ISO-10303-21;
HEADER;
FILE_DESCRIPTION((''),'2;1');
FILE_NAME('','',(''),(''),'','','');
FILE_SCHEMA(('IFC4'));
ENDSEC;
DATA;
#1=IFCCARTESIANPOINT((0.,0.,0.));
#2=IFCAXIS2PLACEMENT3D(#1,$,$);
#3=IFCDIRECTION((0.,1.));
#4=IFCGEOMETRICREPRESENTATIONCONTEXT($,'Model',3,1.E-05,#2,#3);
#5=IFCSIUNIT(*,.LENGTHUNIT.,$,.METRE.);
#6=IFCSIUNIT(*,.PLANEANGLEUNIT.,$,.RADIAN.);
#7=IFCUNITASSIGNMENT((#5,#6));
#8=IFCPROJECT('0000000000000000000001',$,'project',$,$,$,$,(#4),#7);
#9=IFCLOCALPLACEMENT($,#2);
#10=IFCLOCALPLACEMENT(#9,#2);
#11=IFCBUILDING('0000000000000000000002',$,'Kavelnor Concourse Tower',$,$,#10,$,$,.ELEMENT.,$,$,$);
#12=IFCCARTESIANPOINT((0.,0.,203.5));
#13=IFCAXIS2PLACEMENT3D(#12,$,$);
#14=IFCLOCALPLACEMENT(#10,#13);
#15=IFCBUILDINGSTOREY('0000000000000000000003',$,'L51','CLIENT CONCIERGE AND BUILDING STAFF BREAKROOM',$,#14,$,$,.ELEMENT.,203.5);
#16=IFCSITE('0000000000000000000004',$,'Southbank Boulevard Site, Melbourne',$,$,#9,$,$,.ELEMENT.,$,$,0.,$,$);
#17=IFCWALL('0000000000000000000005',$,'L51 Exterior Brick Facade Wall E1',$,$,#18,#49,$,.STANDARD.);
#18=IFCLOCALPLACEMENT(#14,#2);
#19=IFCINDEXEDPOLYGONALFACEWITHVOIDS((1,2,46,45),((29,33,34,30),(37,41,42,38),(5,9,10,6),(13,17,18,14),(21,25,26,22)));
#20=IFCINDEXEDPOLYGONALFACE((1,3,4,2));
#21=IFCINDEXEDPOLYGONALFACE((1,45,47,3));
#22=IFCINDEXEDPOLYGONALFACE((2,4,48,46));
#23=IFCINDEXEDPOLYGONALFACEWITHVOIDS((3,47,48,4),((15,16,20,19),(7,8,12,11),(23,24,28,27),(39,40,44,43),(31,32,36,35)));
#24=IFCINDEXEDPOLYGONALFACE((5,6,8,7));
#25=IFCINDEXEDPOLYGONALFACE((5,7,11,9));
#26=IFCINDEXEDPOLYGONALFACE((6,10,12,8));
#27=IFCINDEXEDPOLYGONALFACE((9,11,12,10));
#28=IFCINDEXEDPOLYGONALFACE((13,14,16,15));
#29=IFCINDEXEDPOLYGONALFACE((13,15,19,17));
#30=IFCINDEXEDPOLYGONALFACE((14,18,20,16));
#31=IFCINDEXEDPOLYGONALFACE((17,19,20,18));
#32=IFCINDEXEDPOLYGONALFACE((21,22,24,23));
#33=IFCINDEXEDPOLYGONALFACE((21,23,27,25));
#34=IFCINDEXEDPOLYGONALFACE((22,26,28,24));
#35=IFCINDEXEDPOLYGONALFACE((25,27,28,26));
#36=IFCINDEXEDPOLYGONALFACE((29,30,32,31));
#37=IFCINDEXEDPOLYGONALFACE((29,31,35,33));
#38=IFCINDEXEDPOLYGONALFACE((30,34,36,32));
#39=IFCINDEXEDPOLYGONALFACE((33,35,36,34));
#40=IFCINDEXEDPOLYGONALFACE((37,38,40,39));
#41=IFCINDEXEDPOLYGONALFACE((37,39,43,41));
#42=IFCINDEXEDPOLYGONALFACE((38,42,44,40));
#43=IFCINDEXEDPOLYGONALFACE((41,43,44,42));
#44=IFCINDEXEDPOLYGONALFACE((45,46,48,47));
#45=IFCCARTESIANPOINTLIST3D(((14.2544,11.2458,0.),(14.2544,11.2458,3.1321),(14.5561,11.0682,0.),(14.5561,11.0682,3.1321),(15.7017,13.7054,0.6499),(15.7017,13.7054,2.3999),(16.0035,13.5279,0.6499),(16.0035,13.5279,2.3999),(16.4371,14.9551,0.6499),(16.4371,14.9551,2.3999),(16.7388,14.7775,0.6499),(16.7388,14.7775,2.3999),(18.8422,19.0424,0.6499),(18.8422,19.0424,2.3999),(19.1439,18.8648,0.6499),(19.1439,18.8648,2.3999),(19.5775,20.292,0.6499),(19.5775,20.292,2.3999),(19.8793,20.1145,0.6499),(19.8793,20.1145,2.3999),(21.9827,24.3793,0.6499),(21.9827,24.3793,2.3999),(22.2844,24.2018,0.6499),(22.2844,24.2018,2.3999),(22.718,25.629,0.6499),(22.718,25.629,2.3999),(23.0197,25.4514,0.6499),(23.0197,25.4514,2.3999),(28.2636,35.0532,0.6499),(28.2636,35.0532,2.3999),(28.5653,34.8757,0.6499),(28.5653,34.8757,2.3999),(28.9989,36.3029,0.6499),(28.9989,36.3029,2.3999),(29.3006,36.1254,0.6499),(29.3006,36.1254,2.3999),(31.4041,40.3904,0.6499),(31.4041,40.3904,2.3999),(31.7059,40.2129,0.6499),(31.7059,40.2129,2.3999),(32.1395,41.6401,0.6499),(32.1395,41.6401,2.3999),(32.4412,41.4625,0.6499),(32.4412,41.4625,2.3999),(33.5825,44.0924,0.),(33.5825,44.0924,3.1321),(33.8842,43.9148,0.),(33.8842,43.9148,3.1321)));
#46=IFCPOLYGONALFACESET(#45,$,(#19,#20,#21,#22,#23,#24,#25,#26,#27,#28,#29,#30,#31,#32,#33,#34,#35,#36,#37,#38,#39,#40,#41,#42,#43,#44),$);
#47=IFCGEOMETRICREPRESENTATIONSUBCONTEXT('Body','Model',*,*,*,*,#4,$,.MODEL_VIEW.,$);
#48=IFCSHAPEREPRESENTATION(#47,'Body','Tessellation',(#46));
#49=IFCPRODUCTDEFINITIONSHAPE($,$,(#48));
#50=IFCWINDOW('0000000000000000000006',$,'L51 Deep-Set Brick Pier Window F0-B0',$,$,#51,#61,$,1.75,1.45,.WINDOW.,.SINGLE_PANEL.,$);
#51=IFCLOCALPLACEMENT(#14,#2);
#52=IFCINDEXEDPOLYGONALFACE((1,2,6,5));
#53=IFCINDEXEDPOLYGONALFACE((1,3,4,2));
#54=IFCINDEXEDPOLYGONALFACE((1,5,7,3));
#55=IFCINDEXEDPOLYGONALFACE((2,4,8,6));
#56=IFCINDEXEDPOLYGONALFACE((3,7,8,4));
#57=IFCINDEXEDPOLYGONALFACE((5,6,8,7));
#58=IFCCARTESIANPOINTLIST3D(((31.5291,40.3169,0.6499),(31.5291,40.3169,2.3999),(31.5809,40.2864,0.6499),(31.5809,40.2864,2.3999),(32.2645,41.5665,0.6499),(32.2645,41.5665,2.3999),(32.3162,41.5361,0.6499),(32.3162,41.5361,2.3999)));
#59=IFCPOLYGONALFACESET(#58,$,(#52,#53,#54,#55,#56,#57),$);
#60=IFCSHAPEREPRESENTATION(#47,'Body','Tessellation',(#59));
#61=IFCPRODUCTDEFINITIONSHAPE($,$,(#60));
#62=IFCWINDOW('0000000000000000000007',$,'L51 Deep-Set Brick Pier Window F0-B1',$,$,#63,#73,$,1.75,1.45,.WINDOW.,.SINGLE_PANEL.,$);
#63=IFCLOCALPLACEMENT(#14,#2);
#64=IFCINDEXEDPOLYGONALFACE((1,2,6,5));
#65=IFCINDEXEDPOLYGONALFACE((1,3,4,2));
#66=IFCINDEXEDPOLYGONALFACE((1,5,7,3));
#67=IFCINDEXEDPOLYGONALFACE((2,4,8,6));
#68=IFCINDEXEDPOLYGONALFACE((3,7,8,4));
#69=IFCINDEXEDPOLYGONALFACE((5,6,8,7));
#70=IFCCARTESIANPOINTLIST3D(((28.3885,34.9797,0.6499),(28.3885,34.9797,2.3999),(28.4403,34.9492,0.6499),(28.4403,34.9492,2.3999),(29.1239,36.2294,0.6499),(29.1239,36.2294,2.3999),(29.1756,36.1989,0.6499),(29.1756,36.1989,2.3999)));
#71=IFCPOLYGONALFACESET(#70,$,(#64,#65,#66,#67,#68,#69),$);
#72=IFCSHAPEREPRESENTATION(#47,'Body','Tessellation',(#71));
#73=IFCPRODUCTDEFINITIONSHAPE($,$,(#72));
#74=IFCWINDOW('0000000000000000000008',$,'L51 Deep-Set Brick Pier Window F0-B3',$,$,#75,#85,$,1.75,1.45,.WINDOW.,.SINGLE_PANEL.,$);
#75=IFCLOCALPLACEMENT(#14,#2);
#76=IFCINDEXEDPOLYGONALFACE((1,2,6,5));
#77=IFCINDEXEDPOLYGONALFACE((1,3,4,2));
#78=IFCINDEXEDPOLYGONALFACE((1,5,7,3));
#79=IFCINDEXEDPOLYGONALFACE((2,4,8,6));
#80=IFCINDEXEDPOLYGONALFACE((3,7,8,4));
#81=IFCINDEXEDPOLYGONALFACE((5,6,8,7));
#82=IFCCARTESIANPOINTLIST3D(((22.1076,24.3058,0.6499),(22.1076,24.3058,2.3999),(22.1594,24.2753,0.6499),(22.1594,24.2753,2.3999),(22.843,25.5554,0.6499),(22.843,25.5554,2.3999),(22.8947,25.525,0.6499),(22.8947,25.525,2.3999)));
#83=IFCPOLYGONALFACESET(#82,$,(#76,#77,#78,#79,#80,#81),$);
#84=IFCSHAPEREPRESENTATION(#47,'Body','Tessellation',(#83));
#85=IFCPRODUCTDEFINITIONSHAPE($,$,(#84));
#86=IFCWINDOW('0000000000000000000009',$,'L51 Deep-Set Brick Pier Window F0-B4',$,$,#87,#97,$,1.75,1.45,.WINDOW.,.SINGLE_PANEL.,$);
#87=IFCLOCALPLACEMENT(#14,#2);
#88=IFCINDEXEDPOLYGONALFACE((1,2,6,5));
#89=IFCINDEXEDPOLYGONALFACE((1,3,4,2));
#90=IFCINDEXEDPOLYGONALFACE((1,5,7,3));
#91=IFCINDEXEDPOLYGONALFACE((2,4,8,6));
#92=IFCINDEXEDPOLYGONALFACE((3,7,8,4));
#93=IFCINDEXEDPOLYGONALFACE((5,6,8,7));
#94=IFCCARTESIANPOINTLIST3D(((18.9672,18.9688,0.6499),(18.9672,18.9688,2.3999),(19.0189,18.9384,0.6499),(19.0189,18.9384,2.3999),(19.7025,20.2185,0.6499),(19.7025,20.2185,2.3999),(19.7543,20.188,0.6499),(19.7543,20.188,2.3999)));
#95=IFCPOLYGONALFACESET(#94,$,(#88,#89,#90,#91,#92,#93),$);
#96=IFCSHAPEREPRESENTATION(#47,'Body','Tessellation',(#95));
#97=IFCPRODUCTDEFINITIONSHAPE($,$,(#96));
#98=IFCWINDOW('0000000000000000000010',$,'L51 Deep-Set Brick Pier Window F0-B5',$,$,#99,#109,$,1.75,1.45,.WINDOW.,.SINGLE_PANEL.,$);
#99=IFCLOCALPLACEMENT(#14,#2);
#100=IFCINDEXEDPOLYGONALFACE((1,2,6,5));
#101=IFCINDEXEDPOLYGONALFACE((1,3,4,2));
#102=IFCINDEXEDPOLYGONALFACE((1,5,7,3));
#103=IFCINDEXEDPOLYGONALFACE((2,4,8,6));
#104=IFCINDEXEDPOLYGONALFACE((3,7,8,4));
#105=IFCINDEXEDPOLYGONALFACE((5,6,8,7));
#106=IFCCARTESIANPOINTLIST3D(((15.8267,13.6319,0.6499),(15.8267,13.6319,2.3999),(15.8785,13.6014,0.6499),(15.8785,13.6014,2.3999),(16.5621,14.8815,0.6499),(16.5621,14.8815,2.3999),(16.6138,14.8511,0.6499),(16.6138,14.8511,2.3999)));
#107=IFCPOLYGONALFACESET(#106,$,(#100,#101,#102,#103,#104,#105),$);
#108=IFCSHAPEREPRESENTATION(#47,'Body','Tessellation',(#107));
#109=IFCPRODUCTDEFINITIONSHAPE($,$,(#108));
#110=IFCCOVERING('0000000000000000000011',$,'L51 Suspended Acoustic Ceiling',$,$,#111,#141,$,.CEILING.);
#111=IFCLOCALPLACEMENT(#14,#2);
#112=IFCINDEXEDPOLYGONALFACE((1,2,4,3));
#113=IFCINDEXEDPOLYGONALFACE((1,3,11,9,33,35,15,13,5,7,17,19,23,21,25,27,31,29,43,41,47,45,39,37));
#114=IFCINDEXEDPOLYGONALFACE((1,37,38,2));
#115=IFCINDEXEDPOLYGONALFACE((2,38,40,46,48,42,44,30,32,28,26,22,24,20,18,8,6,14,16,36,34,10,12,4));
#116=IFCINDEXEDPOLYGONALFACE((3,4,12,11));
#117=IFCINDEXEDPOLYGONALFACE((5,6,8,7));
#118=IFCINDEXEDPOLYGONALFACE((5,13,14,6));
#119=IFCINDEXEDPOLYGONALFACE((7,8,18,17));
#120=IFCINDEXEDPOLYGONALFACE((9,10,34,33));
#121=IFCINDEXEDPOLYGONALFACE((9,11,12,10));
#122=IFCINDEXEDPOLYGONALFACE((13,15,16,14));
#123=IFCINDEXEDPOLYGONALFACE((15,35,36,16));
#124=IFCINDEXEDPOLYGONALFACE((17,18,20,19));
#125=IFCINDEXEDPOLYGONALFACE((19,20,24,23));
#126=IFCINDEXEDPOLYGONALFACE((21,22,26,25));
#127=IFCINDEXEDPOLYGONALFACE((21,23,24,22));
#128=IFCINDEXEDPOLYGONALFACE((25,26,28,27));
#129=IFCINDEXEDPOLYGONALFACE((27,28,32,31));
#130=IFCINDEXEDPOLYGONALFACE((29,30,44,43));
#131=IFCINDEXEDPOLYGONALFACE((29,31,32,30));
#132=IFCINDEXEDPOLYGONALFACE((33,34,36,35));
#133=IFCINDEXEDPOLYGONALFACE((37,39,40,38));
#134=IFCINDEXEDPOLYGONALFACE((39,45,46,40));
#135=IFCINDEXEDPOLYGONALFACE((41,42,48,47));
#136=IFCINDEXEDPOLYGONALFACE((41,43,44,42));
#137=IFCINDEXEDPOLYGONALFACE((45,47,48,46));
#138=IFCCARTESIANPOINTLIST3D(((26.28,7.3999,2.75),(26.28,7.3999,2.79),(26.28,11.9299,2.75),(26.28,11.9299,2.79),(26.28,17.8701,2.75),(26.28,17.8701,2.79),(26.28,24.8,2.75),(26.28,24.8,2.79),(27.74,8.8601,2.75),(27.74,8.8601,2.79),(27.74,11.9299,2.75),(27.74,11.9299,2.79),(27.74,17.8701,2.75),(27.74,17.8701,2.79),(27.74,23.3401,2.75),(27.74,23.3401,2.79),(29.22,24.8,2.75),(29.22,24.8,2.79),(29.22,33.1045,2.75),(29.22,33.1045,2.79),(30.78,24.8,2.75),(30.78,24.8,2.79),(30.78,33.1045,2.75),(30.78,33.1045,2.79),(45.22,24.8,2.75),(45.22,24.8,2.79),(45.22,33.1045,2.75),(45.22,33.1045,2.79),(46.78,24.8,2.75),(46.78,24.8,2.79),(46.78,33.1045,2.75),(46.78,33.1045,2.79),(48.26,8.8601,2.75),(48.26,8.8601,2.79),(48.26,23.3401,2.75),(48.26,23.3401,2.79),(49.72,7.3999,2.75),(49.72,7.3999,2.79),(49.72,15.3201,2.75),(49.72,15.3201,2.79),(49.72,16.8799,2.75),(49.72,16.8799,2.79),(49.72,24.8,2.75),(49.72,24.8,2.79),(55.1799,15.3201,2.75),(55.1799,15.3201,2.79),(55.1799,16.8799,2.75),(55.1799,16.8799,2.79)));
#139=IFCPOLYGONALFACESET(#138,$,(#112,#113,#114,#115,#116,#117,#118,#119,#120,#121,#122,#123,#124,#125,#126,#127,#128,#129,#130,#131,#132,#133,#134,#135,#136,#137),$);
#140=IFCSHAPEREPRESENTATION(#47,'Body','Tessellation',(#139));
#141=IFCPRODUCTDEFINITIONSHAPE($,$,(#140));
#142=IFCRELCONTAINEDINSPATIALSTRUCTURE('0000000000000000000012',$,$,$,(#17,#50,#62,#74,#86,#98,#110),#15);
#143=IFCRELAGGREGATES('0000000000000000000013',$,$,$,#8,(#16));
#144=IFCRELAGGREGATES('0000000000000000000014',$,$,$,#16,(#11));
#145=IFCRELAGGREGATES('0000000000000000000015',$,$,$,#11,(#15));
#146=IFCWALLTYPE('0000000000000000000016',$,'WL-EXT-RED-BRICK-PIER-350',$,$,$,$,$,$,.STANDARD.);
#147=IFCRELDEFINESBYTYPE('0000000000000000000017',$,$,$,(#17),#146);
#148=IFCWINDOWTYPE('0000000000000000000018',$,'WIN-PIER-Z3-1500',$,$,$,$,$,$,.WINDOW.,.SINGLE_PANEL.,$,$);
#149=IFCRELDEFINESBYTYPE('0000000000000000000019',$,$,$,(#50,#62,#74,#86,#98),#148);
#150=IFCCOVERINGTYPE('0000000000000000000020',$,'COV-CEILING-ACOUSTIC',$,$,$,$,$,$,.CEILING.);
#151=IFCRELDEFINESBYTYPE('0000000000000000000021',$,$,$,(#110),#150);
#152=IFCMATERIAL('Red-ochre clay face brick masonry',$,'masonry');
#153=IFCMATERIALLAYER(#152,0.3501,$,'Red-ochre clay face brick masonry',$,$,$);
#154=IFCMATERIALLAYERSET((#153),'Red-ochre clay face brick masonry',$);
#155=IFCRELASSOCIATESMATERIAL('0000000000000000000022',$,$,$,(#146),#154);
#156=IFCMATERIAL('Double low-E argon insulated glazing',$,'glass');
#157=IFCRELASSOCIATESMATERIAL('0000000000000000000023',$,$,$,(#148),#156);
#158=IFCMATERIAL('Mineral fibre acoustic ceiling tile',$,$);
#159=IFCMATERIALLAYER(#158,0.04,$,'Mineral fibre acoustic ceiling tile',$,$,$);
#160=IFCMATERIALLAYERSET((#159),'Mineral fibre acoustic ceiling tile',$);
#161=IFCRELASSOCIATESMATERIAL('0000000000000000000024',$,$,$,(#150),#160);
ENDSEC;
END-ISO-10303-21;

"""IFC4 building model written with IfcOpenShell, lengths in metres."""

from ifc_helpers import new_model, si_unit, direction, frame, frame_2d, origin, place, context, subcontext, project, spatial, polyline, rectangle, outline, extrude, material, layer, layer_set, type_object, element, fill, save


model = new_model("IFC4")

# Units and contexts
model_context = context("Model", 3, precision=1e-05, world=origin(), true_north=direction((0.0, 1.0)))
body_context = subcontext(model_context, "Body", "Model", "MODEL_VIEW")
ifc_project = project(units=[si_unit("LENGTHUNIT", "METRE"), si_unit("PLANEANGLEUNIT", "RADIAN")], contexts=[model_context])

# Site, building, storey
site_placement = place(None, origin())
site = spatial("IfcSite", under=ifc_project, at=site_placement, Name="Southbank Boulevard Site, Melbourne", CompositionType="ELEMENT", RefElevation=0.0)
building_placement = place(site_placement, origin())
building = spatial("IfcBuilding", under=site, at=building_placement, Name="Kavelnor Concourse Tower", CompositionType="ELEMENT")
storey_placement = place(building_placement, frame((0.0, 0.0, 203.5)))
storey = spatial("IfcBuildingStorey", under=building, at=storey_placement, Name="L51", Description="CLIENT CONCIERGE AND BUILDING STAFF BREAKROOM", CompositionType="ELEMENT", Elevation=203.5)

# Shared definitions
ifc_material_1 = material(Name="Double low-E argon insulated glazing", Category="glass")

# Wall, openings, windows
ifc_material_2 = material(Name="Red-ochre clay face brick masonry", Category="masonry")
ifc_layer_1 = layer(ifc_material_2, 0.3501, Name="Red-ochre clay face brick masonry")
ifc_layer_set_1 = layer_set([ifc_layer_1], Name="Red-ochre clay face brick masonry")
wall_type_1 = type_object("IfcWallType", Name="WL-EXT-RED-BRICK-PIER-350", PredefinedType="STANDARD", material=ifc_layer_set_1)
wall_1_placement = place(storey_placement, frame((14.4053, 11.157, 0.0), z_axis=(0.0, 0.0, 1.0), x_axis=(0.507148, 0.861859, 0.0)))
wall_1 = element("IfcWall", 1, at=wall_1_placement, inside=storey, type_object=wall_type_1, Name="L51 Exterior Brick Facade Wall E1", PredefinedType="STANDARD", context=body_context, shape_type="SweptSolid", body=[
    extrude(rectangle(XDim=38.1113, YDim=0.3501, at=frame_2d((19.0557, 0.0))), origin(), (0.0, 0.0, 1.0), 3.1321),
])
opening_1_placement = place(wall_1_placement, frame((33.8159, 0.0, 0.6499)))
opening_1 = element("IfcOpeningElement", 2, at=opening_1_placement, cuts=wall_1, PredefinedType="OPENING", context=body_context, shape_type="SweptSolid", body=[
    extrude(rectangle(XDim=1.45, YDim=1.75, at=frame_2d((0.7251, 0.875))), frame((0.0, 0.1851, 0.0), z_axis=(0.0, -1.0, 0.0), x_axis=(1.0, 0.0, 0.0)), (0.0, 0.0, 1.0), 0.3701),
])
opening_2_placement = place(wall_1_placement, frame((27.6233, 0.0, 0.6499)))
opening_2 = element("IfcOpeningElement", 3, at=opening_2_placement, cuts=wall_1, PredefinedType="OPENING", context=body_context, shape_type="SweptSolid", body=[
    extrude(rectangle(XDim=1.45, YDim=1.75, at=frame_2d((0.7251, 0.875))), frame((0.0, 0.1851, 0.0), z_axis=(0.0, -1.0, 0.0), x_axis=(1.0, 0.0, 0.0)), (0.0, 0.0, 1.0), 0.3701),
])
opening_3_placement = place(wall_1_placement, frame((15.2385, 0.0, 0.6499)))
opening_3 = element("IfcOpeningElement", 4, at=opening_3_placement, cuts=wall_1, PredefinedType="OPENING", context=body_context, shape_type="SweptSolid", body=[
    extrude(rectangle(XDim=1.45, YDim=1.75, at=frame_2d((0.7251, 0.875))), frame((0.0, 0.1851, 0.0), z_axis=(0.0, -1.0, 0.0), x_axis=(1.0, 0.0, 0.0)), (0.0, 0.0, 1.0), 0.3701),
])
opening_4_placement = place(wall_1_placement, frame((9.0461, 0.0, 0.6499)))
opening_4 = element("IfcOpeningElement", 5, at=opening_4_placement, cuts=wall_1, PredefinedType="OPENING", context=body_context, shape_type="SweptSolid", body=[
    extrude(rectangle(XDim=1.45, YDim=1.75, at=frame_2d((0.7251, 0.875))), frame((0.0, 0.1851, 0.0), z_axis=(0.0, -1.0, 0.0), x_axis=(1.0, 0.0, 0.0)), (0.0, 0.0, 1.0), 0.3701),
])
opening_5_placement = place(wall_1_placement, frame((2.8538, 0.0, 0.6499)))
opening_5 = element("IfcOpeningElement", 6, at=opening_5_placement, cuts=wall_1, PredefinedType="OPENING", context=body_context, shape_type="SweptSolid", body=[
    extrude(rectangle(XDim=1.45, YDim=1.75, at=frame_2d((0.7251, 0.875))), frame((0.0, 0.1851, 0.0), z_axis=(0.0, -1.0, 0.0), x_axis=(1.0, 0.0, 0.0)), (0.0, 0.0, 1.0), 0.3701),
])
window_type_1 = type_object("IfcWindowType", Name="WIN-PIER-Z3-1500", PartitioningType="SINGLE_PANEL", PredefinedType="WINDOW", material=ifc_material_1)
window_1_placement = place(opening_1_placement, origin())
window_1 = element("IfcWindow", 7, at=window_1_placement, inside=storey, type_object=window_type_1, Name="L51 Deep-Set Brick Pier Window F0-B0", OverallHeight=1.75, OverallWidth=1.45, PartitioningType="SINGLE_PANEL", PredefinedType="WINDOW", context=body_context, shape_type="SweptSolid", body=[
    extrude(rectangle(XDim=1.45, YDim=1.75, at=frame_2d((0.7251, 0.875))), frame((0.0, 0.03, 0.0), z_axis=(0.0, -1.0, 0.0), x_axis=(1.0, 0.0, 0.0)), (0.0, 0.0, 1.0), 0.0601),
])
fill(opening_1, window_1)
window_2_placement = place(opening_2_placement, origin())
window_2 = element("IfcWindow", 8, at=window_2_placement, inside=storey, type_object=window_type_1, Name="L51 Deep-Set Brick Pier Window F0-B1", OverallHeight=1.75, OverallWidth=1.45, PartitioningType="SINGLE_PANEL", PredefinedType="WINDOW", context=body_context, shape_type="SweptSolid", body=[
    extrude(rectangle(XDim=1.45, YDim=1.75, at=frame_2d((0.7251, 0.875))), frame((0.0, 0.03, 0.0), z_axis=(0.0, -1.0, 0.0), x_axis=(1.0, 0.0, 0.0)), (0.0, 0.0, 1.0), 0.0601),
])
fill(opening_2, window_2)
window_3_placement = place(opening_3_placement, origin())
window_3 = element("IfcWindow", 9, at=window_3_placement, inside=storey, type_object=window_type_1, Name="L51 Deep-Set Brick Pier Window F0-B3", OverallHeight=1.75, OverallWidth=1.45, PartitioningType="SINGLE_PANEL", PredefinedType="WINDOW", context=body_context, shape_type="SweptSolid", body=[
    extrude(rectangle(XDim=1.45, YDim=1.75, at=frame_2d((0.7251, 0.875))), frame((0.0, 0.03, 0.0), z_axis=(0.0, -1.0, 0.0), x_axis=(1.0, 0.0, 0.0)), (0.0, 0.0, 1.0), 0.0601),
])
fill(opening_3, window_3)
window_4_placement = place(opening_4_placement, origin())
window_4 = element("IfcWindow", 10, at=window_4_placement, inside=storey, type_object=window_type_1, Name="L51 Deep-Set Brick Pier Window F0-B4", OverallHeight=1.75, OverallWidth=1.45, PartitioningType="SINGLE_PANEL", PredefinedType="WINDOW", context=body_context, shape_type="SweptSolid", body=[
    extrude(rectangle(XDim=1.45, YDim=1.75, at=frame_2d((0.7251, 0.875))), frame((0.0, 0.03, 0.0), z_axis=(0.0, -1.0, 0.0), x_axis=(1.0, 0.0, 0.0)), (0.0, 0.0, 1.0), 0.0601),
])
fill(opening_4, window_4)
window_5_placement = place(opening_5_placement, origin())
window_5 = element("IfcWindow", 11, at=window_5_placement, inside=storey, type_object=window_type_1, Name="L51 Deep-Set Brick Pier Window F0-B5", OverallHeight=1.75, OverallWidth=1.45, PartitioningType="SINGLE_PANEL", PredefinedType="WINDOW", context=body_context, shape_type="SweptSolid", body=[
    extrude(rectangle(XDim=1.45, YDim=1.75, at=frame_2d((0.7251, 0.875))), frame((0.0, 0.03, 0.0), z_axis=(0.0, -1.0, 0.0), x_axis=(1.0, 0.0, 0.0)), (0.0, 0.0, 1.0), 0.0601),
])
fill(opening_5, window_5)

# Covering
ifc_material_3 = material(Name="Mineral fibre acoustic ceiling tile")
ifc_layer_2 = layer(ifc_material_3, 0.04, Name="Mineral fibre acoustic ceiling tile")
ifc_layer_set_2 = layer_set([ifc_layer_2], Name="Mineral fibre acoustic ceiling tile")
covering_type = type_object("IfcCoveringType", Name="COV-CEILING-ACOUSTIC", PredefinedType="CEILING", material=ifc_layer_set_2)
covering_placement = place(storey_placement, frame((0.0, 0.0, 2.75)))
element("IfcCovering", 12, at=covering_placement, inside=storey, type_object=covering_type, Name="L51 Suspended Acoustic Ceiling", PredefinedType="CEILING", context=body_context, shape_type="SweptSolid", body=[
    extrude(outline(polyline([(29.22, 24.8), (29.22, 33.1045), (30.78, 33.1045), (30.78, 24.8), (45.22, 24.8), (45.22, 33.1045), (46.78, 33.1045), (46.78, 24.8), (49.72, 24.8), (49.72, 16.8799), (55.1799, 16.8799), (55.1799, 15.3201), (49.72, 15.3201), (49.72, 7.3999), (26.28, 7.3999), (26.28, 11.9299), (27.74, 11.9299), (27.74, 8.8601), (48.26, 8.8601), (48.26, 23.3401), (27.74, 23.3401), (27.74, 17.8701), (26.28, 17.8701), (26.28, 24.8), (29.22, 24.8)])), origin(), (0.0, 0.0, 1.0), 0.04),
])

save(model, "model.ifc")
